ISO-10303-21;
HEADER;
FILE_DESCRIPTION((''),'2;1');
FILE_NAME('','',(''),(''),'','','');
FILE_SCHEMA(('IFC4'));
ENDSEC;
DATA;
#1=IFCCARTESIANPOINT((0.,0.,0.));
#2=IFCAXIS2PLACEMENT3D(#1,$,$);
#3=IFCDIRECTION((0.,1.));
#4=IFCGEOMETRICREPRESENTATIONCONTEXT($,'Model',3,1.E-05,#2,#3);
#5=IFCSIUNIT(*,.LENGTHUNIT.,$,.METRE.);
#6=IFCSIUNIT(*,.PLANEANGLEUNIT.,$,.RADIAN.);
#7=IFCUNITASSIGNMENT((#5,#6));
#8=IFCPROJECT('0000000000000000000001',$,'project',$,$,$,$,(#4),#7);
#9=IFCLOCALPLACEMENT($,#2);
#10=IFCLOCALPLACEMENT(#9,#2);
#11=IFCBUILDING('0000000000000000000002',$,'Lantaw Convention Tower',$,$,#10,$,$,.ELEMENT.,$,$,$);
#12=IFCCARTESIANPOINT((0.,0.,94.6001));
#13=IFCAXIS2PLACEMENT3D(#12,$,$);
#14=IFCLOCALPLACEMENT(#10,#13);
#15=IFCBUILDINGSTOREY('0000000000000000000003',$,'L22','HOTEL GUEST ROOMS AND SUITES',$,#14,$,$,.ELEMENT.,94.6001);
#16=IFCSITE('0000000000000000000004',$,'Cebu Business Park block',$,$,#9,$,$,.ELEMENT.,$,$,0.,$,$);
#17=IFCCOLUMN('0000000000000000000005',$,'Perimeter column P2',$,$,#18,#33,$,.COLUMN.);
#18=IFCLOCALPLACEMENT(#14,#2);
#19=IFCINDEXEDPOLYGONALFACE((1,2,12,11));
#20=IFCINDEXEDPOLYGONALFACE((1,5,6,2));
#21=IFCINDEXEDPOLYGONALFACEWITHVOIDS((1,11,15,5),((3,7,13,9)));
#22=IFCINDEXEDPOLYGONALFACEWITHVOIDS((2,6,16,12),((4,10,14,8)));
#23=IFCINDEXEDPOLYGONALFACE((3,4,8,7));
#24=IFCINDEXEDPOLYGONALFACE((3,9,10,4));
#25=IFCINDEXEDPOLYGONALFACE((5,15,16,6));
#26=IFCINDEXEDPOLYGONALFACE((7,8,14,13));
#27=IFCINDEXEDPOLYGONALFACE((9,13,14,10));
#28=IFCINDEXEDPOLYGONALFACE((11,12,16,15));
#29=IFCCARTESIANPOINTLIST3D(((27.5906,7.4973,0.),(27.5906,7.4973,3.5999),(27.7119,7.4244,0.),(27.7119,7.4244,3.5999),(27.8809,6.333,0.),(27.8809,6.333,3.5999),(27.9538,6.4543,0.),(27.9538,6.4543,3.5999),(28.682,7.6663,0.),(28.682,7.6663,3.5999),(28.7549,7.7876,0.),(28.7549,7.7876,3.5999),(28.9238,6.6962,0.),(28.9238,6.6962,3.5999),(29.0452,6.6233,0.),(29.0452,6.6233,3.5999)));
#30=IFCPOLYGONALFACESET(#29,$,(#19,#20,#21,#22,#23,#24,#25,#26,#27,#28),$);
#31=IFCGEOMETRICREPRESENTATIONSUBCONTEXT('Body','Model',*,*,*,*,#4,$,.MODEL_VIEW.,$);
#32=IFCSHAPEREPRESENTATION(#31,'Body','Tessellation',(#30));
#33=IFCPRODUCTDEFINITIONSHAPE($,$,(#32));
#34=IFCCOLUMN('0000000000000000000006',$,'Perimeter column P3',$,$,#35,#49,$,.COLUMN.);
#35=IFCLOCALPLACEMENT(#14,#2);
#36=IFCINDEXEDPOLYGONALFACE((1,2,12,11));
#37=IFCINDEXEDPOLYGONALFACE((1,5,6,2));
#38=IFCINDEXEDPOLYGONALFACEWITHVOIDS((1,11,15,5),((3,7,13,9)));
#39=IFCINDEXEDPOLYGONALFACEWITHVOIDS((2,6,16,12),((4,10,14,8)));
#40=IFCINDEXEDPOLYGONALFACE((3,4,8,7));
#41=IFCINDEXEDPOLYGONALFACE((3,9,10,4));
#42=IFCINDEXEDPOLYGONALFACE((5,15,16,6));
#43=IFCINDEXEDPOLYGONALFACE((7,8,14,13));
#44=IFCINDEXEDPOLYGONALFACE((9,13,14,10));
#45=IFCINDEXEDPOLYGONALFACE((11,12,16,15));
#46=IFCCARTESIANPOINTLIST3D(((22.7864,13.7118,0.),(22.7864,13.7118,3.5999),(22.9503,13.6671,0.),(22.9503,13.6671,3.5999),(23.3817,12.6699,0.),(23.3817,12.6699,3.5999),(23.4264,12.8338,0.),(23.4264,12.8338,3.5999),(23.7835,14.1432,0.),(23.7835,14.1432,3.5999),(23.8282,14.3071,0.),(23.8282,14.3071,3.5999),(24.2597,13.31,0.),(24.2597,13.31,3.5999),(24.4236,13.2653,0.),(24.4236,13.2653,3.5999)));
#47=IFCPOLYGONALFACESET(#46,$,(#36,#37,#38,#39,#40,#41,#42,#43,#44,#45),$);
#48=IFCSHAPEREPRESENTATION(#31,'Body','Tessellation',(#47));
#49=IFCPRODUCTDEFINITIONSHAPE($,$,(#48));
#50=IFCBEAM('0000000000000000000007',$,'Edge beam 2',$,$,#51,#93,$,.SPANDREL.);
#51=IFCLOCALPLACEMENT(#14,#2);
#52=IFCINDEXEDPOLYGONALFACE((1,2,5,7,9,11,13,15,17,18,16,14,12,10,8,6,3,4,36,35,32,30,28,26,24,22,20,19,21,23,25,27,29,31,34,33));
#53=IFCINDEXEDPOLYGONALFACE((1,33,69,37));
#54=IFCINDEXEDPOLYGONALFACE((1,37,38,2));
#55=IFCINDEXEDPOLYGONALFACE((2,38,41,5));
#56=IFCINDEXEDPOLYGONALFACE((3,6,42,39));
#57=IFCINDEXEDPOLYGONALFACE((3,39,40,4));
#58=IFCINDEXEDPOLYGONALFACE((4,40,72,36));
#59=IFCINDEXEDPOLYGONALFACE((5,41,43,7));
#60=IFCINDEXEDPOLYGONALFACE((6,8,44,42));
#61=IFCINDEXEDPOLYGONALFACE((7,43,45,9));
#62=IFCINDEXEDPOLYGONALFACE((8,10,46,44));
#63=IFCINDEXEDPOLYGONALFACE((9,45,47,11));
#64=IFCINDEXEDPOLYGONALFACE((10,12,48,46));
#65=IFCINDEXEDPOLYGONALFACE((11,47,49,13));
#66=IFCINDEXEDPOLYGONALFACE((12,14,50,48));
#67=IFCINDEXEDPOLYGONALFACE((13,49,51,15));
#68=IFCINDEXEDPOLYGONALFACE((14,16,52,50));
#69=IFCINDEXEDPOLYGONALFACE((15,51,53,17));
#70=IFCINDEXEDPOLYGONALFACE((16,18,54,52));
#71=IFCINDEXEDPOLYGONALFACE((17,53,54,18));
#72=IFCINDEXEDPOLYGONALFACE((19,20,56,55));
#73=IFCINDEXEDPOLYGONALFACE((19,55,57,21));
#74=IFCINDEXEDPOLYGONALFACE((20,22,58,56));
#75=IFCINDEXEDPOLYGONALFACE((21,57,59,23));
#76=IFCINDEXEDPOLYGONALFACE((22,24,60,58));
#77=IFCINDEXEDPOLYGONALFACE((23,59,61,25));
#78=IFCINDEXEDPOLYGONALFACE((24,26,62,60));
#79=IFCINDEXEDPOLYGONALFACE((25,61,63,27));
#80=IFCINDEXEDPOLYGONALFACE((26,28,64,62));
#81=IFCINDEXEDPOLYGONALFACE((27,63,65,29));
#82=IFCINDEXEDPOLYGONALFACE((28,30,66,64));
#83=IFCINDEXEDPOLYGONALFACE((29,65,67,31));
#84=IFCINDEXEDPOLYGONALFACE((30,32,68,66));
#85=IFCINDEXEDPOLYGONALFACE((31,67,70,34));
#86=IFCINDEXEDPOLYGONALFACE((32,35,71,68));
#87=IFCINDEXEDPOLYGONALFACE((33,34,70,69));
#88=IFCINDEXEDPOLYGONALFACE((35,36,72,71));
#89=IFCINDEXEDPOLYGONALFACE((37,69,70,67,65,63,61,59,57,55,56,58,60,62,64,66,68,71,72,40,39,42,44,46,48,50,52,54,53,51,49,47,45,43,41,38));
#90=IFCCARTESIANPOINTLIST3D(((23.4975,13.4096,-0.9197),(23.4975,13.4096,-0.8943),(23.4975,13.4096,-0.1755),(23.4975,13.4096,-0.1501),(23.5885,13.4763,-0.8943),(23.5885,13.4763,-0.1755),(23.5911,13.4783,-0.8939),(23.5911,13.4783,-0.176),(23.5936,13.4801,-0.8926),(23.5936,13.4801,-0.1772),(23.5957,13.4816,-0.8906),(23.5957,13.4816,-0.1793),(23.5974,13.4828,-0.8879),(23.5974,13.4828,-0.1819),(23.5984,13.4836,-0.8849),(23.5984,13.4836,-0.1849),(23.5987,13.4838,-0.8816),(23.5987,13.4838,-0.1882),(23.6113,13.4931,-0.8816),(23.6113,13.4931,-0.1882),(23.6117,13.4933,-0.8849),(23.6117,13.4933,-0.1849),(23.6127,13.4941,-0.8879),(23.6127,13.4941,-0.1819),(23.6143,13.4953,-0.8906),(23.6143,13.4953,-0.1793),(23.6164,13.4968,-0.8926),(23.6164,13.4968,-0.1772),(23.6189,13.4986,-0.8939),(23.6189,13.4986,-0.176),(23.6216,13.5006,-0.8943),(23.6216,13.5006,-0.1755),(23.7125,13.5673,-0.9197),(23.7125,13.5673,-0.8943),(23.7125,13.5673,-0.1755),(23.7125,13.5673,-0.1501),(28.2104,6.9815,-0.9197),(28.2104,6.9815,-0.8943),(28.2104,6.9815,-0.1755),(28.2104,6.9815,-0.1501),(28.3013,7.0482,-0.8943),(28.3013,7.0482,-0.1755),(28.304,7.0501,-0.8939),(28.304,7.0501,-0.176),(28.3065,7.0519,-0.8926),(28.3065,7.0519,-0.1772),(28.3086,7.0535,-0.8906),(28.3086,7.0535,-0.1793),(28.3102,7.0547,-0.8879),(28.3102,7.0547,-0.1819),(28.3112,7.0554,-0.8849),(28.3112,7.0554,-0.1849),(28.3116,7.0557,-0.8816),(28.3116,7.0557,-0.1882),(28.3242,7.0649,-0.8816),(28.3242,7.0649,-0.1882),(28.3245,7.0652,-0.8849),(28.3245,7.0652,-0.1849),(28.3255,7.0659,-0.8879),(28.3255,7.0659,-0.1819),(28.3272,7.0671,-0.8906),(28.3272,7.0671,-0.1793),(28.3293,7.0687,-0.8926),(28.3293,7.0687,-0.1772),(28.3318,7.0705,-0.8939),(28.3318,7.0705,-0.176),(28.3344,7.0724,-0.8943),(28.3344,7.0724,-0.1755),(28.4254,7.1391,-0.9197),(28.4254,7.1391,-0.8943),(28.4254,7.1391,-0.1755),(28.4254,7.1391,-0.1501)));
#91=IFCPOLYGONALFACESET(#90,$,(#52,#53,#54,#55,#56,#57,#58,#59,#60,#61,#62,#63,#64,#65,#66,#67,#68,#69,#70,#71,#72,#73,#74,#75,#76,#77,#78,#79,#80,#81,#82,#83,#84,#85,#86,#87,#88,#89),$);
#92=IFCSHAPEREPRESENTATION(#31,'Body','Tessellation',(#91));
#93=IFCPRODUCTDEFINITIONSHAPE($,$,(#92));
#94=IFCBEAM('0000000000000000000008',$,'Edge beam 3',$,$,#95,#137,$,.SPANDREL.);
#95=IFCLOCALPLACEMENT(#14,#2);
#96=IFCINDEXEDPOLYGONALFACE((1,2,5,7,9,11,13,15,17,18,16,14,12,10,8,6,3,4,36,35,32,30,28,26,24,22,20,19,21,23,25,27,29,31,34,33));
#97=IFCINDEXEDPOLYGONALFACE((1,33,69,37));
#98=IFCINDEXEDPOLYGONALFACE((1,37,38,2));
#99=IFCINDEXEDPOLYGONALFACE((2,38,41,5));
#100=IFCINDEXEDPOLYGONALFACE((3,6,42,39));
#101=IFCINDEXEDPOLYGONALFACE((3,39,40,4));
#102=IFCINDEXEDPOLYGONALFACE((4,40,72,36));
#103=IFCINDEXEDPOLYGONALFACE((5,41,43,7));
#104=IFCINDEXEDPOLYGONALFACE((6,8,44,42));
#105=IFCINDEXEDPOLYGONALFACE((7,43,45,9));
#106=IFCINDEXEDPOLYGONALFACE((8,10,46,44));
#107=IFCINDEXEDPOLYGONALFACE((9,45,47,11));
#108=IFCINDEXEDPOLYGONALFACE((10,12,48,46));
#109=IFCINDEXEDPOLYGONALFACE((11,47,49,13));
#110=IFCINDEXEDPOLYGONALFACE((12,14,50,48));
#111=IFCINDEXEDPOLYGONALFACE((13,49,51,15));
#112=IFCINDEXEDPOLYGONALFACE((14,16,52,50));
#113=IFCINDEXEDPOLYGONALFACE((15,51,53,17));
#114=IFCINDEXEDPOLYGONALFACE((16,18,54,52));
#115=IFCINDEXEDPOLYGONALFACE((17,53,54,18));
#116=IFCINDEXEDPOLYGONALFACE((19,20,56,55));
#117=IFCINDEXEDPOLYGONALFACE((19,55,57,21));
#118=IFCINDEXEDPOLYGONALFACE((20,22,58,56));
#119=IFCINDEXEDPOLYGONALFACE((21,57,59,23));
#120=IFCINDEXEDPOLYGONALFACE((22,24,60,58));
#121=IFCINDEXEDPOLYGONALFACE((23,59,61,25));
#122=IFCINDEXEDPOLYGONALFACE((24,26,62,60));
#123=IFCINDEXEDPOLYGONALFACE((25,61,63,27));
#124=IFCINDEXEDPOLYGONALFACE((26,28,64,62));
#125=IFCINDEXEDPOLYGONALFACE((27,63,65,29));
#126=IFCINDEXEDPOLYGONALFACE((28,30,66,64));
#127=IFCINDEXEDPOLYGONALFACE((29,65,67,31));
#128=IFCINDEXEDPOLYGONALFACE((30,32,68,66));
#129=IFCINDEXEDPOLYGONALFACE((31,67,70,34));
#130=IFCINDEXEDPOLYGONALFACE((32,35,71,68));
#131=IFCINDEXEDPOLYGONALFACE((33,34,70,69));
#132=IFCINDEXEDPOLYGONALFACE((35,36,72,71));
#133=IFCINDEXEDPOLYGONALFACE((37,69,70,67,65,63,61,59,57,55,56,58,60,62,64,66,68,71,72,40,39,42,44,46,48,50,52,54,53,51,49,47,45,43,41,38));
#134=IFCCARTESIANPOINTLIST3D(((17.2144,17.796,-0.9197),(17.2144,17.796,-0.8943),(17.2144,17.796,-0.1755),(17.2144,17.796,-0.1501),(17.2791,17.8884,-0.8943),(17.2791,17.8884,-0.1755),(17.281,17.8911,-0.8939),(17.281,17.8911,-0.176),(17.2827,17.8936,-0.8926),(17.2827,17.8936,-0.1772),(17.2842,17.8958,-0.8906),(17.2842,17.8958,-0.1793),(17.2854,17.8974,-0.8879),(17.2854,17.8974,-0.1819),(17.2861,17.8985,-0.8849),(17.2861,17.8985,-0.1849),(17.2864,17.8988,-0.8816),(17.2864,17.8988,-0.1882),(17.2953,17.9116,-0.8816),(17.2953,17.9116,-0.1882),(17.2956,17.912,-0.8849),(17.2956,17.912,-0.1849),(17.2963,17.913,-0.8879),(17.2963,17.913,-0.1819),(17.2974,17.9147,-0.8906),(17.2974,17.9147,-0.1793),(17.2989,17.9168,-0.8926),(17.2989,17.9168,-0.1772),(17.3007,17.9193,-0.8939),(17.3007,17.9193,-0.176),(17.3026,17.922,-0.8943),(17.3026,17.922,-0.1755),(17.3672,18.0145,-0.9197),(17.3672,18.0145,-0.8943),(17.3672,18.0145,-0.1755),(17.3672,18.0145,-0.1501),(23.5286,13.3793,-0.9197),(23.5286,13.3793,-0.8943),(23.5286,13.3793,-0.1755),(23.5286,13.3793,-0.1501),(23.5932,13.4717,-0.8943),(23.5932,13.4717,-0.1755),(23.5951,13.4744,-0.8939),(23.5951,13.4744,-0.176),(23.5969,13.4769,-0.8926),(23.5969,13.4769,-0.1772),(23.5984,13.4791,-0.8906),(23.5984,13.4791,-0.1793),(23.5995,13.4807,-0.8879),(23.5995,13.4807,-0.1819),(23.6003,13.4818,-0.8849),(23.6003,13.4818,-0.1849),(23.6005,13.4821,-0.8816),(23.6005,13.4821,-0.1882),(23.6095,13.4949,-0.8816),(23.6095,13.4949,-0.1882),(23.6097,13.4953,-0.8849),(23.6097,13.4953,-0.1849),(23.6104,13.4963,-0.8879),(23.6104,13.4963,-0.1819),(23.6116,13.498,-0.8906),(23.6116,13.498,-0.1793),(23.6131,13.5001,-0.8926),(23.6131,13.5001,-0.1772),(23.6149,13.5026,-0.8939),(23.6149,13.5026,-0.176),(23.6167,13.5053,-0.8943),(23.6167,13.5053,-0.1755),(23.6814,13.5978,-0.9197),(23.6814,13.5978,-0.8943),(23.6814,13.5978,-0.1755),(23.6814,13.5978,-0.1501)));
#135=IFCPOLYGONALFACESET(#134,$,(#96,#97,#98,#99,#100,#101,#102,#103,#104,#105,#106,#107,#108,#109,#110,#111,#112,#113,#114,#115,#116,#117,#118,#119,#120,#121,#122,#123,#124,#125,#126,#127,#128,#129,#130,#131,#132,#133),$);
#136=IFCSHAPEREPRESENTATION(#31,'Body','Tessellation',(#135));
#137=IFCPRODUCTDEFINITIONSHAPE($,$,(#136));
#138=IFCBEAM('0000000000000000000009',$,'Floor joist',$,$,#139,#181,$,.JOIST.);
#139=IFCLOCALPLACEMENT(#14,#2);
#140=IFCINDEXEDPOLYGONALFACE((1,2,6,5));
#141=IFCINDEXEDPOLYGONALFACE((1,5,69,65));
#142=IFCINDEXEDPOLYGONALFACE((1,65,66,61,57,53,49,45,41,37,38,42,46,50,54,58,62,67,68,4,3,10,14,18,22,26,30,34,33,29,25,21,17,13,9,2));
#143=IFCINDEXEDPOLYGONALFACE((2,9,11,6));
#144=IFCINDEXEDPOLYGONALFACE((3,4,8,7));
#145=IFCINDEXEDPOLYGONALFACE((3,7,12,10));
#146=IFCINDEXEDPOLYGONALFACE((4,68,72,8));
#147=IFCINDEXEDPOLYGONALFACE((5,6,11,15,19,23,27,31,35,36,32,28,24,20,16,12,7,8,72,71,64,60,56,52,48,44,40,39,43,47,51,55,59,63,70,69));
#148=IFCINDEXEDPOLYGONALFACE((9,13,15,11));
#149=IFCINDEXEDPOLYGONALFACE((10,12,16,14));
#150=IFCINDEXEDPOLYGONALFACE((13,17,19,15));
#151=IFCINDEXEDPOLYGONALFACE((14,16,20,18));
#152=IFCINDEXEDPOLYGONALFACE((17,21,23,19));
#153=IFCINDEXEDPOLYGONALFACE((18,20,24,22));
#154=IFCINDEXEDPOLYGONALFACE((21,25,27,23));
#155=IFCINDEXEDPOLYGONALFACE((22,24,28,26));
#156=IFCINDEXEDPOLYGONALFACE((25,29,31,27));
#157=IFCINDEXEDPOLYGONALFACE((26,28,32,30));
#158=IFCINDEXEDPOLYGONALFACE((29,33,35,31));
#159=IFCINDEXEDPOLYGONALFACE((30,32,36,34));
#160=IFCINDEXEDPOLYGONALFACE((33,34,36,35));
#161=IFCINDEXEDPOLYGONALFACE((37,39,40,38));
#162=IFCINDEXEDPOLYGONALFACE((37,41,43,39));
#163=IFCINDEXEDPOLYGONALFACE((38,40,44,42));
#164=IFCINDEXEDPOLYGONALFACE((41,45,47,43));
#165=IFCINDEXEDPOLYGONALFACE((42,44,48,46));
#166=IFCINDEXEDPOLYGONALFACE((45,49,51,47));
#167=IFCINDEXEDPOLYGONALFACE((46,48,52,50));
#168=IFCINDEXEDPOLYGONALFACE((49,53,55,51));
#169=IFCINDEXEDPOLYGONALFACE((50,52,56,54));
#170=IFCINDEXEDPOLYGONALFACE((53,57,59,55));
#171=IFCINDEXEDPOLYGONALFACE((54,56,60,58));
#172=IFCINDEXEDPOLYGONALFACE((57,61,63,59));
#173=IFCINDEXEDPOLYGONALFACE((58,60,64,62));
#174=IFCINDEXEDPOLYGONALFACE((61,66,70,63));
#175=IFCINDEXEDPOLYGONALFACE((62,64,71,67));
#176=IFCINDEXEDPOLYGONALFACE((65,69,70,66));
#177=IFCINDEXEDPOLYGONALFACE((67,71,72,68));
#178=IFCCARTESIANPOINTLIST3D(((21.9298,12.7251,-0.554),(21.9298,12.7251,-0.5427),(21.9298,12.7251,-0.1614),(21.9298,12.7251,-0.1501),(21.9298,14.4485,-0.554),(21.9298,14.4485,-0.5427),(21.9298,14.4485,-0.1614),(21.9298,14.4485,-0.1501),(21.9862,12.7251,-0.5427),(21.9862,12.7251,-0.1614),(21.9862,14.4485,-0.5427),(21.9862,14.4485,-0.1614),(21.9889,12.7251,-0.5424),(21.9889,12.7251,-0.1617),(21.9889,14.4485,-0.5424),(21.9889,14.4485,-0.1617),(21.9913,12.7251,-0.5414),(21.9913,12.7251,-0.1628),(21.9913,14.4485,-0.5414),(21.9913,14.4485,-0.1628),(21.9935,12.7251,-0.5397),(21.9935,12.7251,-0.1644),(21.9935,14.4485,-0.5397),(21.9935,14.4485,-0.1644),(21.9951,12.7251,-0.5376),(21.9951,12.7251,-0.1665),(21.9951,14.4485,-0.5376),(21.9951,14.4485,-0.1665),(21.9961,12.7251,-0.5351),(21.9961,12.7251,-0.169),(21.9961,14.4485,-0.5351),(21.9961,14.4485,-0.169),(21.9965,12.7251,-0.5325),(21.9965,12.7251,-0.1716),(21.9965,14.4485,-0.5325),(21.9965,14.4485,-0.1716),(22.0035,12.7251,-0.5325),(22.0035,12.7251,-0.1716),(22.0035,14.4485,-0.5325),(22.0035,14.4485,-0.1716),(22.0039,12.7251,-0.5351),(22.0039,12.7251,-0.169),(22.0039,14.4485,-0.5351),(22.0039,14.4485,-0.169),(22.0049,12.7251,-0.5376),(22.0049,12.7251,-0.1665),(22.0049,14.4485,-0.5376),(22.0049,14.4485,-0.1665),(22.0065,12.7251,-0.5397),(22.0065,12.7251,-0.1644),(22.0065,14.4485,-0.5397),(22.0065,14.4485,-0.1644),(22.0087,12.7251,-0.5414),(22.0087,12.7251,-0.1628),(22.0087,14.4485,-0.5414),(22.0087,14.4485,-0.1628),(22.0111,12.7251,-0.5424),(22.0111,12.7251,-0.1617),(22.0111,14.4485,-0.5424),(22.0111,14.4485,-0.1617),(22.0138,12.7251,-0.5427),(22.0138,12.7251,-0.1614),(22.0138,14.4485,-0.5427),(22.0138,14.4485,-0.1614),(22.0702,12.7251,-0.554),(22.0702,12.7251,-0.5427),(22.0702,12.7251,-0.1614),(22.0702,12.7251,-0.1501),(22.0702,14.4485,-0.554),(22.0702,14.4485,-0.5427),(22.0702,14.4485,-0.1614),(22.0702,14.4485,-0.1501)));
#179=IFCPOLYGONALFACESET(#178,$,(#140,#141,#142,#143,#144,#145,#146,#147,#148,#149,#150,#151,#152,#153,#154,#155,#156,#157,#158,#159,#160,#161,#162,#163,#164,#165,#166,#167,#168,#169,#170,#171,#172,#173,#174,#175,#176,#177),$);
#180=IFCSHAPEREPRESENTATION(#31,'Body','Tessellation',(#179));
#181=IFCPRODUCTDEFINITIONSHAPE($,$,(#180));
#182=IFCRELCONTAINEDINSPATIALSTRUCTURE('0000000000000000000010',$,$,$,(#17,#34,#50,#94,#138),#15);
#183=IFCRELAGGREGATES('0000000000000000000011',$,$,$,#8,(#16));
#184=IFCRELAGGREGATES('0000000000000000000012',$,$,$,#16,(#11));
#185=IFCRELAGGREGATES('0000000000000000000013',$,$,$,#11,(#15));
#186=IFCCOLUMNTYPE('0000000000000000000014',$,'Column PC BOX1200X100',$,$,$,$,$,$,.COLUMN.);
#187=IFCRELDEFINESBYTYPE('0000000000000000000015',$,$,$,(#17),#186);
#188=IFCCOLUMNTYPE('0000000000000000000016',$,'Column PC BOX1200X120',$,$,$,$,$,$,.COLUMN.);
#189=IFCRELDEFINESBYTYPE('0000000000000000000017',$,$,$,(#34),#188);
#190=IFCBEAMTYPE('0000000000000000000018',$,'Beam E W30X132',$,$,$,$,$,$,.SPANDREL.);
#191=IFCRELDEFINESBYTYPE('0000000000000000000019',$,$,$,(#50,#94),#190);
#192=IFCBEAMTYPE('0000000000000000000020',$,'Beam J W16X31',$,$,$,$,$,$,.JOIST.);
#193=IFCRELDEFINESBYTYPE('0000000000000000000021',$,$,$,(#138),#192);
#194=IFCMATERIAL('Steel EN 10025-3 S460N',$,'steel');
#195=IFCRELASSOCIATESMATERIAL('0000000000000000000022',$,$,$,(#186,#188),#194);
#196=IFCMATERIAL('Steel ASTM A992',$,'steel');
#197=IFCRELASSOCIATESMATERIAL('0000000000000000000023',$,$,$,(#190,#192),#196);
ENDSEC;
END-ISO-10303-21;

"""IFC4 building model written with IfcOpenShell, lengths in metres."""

from ifc_helpers import new_model, si_unit, direction, frame, origin, origin_2d, place, context, subcontext, project, spatial, rectangle, hollow_rectangle, i_section, extrude, material, material_profile, profile_set, type_object, element, save


model = new_model("IFC4")

# Units and contexts
model_context = context("Model", 3, precision=1e-05, world=origin(), true_north=direction((0.0, 1.0)))
body_context = subcontext(model_context, "Body", "Model", "MODEL_VIEW")
ifc_project = project(units=[si_unit("LENGTHUNIT", "METRE"), si_unit("PLANEANGLEUNIT", "RADIAN")], contexts=[model_context])

# Site, building, storey
site_placement = place(None, origin())
site = spatial("IfcSite", under=ifc_project, at=site_placement, Name="Cebu Business Park block", CompositionType="ELEMENT", RefElevation=0.0)
building_placement = place(site_placement, origin())
building = spatial("IfcBuilding", under=site, at=building_placement, Name="Lantaw Convention Tower", CompositionType="ELEMENT")
storey_placement = place(building_placement, frame((0.0, 0.0, 94.6001)))
storey = spatial("IfcBuildingStorey", under=building, at=storey_placement, Name="L22", Description="HOTEL GUEST ROOMS AND SUITES", CompositionType="ELEMENT", Elevation=94.6001)

# Columns
ifc_material_1 = material(Name="Steel EN 10025-3 S460N", Category="steel")
ifc_material_profile_1 = material_profile(ifc_material_1, hollow_rectangle(XDim=1.2, YDim=1.2, WallThickness=0.1001, at=origin_2d()), Name="BOX1200X100")
ifc_material_2 = material(Name="Concrete C60/75", Category="concrete")
ifc_material_profile_2 = material_profile(ifc_material_2, rectangle(XDim=1.0, YDim=1.0, at=origin_2d()), Name="Concrete fill of BOX1200X100")
ifc_profile_set_1 = profile_set([ifc_material_profile_1, ifc_material_profile_2], Name="Steel EN 10025-3 S460N")
column_type_1 = type_object("IfcColumnType", Name="Column PC BOX1200X100", PredefinedType="COLUMN", material=ifc_profile_set_1)
column_1_placement = place(storey_placement, frame((28.3179, 7.0603, 0.0), z_axis=(0.0, 0.0, 1.0), x_axis=(0.970296, 0.241922, 0.0)))
element("IfcColumn", 1, at=column_1_placement, inside=storey, type_object=column_type_1, Name="Perimeter column P2", PredefinedType="COLUMN", context=body_context, shape_type="SweptSolid", body=[
    extrude(hollow_rectangle(XDim=1.2, YDim=1.2, WallThickness=0.1001, at=origin_2d()), origin(), (0.0, 0.0, 1.0), 3.5999),
])
ifc_material_profile_3 = material_profile(ifc_material_1, hollow_rectangle(XDim=1.2, YDim=1.2, WallThickness=0.1201, at=origin_2d()), Name="BOX1200X120")
ifc_material_profile_4 = material_profile(ifc_material_2, rectangle(XDim=0.96, YDim=0.96, at=origin_2d()), Name="Concrete fill of BOX1200X120")
ifc_profile_set_2 = profile_set([ifc_material_profile_3, ifc_material_profile_4], Name="Steel EN 10025-3 S460N")
column_type_2 = type_object("IfcColumnType", Name="Column PC BOX1200X120", PredefinedType="COLUMN", material=ifc_profile_set_2)
column_2_placement = place(storey_placement, frame((23.605, 13.4885, 0.0), z_axis=(0.0, 0.0, 1.0), x_axis=(0.868243, 0.496139, 0.0)))
element("IfcColumn", 2, at=column_2_placement, inside=storey, type_object=column_type_2, Name="Perimeter column P3", PredefinedType="COLUMN", context=body_context, shape_type="SweptSolid", body=[
    extrude(hollow_rectangle(XDim=1.2, YDim=1.2, WallThickness=0.1201, at=origin_2d()), origin(), (0.0, 0.0, 1.0), 3.5999),
])

# Beams
ifc_material_3 = material(Name="Steel ASTM A992", Category="steel")
ifc_material_profile_5 = material_profile(ifc_material_3, i_section(OverallWidth=0.2666, OverallDepth=0.7695, WebThickness=0.0156, FlangeThickness=0.0254, FilletRadius=0.0127, at=origin_2d()), Name="W30X132")
ifc_profile_set_3 = profile_set([ifc_material_profile_5], Name="Steel ASTM A992")
beam_type_1 = type_object("IfcBeamType", Name="Beam E W30X132", PredefinedType="SPANDREL", material=ifc_profile_set_3)
beam_1_placement = place(storey_placement, frame((28.3179, 7.0603, -0.5349), z_axis=(-0.591271, 0.806473, 0.0), x_axis=(-0.806473, -0.591271, 0.0)))
element("IfcBeam", 3, at=beam_1_placement, inside=storey, type_object=beam_type_1, Name="Edge beam 2", PredefinedType="SPANDREL", context=body_context, shape_type="SweptSolid", body=[
    extrude(i_section(OverallWidth=0.2666, OverallDepth=0.7695, WebThickness=0.0156, FlangeThickness=0.0254, FilletRadius=0.0127, at=origin_2d()), origin(), (0.0, 0.0, 1.0), 7.9707),
])
beam_2_placement = place(storey_placement, frame((23.605, 13.4885, -0.5349), z_axis=(-0.819427, 0.573184, 0.0), x_axis=(-0.573184, -0.819427, 0.0)))
element("IfcBeam", 4, at=beam_2_placement, inside=storey, type_object=beam_type_1, Name="Edge beam 3", PredefinedType="SPANDREL", context=body_context, shape_type="SweptSolid", body=[
    extrude(i_section(OverallWidth=0.2666, OverallDepth=0.7695, WebThickness=0.0156, FlangeThickness=0.0254, FilletRadius=0.0127, at=origin_2d()), origin(), (0.0, 0.0, 1.0), 7.7056),
])
ifc_material_profile_6 = material_profile(ifc_material_3, i_section(OverallWidth=0.1404, OverallDepth=0.4038, WebThickness=0.0071, FlangeThickness=0.0112, FilletRadius=0.0103, at=origin_2d()), Name="W16X31")
ifc_profile_set_4 = profile_set([ifc_material_profile_6], Name="Steel ASTM A992")
beam_type_2 = type_object("IfcBeamType", Name="Beam J W16X31", PredefinedType="JOIST", material=ifc_profile_set_4)
beam_3_placement = place(storey_placement, frame((22.0, 12.7251, -0.3521), z_axis=(0.0, 1.0, 0.0), x_axis=(-1.0, 0.0, 0.0)))
element("IfcBeam", 5, at=beam_3_placement, inside=storey, type_object=beam_type_2, Name="Floor joist", PredefinedType="JOIST", context=body_context, shape_type="SweptSolid", body=[
    extrude(i_section(OverallWidth=0.1404, OverallDepth=0.4038, WebThickness=0.0071, FlangeThickness=0.0112, FilletRadius=0.0103, at=origin_2d()), origin(), (0.0, 0.0, 1.0), 1.7234),
])

save(model, "model.ifc")
